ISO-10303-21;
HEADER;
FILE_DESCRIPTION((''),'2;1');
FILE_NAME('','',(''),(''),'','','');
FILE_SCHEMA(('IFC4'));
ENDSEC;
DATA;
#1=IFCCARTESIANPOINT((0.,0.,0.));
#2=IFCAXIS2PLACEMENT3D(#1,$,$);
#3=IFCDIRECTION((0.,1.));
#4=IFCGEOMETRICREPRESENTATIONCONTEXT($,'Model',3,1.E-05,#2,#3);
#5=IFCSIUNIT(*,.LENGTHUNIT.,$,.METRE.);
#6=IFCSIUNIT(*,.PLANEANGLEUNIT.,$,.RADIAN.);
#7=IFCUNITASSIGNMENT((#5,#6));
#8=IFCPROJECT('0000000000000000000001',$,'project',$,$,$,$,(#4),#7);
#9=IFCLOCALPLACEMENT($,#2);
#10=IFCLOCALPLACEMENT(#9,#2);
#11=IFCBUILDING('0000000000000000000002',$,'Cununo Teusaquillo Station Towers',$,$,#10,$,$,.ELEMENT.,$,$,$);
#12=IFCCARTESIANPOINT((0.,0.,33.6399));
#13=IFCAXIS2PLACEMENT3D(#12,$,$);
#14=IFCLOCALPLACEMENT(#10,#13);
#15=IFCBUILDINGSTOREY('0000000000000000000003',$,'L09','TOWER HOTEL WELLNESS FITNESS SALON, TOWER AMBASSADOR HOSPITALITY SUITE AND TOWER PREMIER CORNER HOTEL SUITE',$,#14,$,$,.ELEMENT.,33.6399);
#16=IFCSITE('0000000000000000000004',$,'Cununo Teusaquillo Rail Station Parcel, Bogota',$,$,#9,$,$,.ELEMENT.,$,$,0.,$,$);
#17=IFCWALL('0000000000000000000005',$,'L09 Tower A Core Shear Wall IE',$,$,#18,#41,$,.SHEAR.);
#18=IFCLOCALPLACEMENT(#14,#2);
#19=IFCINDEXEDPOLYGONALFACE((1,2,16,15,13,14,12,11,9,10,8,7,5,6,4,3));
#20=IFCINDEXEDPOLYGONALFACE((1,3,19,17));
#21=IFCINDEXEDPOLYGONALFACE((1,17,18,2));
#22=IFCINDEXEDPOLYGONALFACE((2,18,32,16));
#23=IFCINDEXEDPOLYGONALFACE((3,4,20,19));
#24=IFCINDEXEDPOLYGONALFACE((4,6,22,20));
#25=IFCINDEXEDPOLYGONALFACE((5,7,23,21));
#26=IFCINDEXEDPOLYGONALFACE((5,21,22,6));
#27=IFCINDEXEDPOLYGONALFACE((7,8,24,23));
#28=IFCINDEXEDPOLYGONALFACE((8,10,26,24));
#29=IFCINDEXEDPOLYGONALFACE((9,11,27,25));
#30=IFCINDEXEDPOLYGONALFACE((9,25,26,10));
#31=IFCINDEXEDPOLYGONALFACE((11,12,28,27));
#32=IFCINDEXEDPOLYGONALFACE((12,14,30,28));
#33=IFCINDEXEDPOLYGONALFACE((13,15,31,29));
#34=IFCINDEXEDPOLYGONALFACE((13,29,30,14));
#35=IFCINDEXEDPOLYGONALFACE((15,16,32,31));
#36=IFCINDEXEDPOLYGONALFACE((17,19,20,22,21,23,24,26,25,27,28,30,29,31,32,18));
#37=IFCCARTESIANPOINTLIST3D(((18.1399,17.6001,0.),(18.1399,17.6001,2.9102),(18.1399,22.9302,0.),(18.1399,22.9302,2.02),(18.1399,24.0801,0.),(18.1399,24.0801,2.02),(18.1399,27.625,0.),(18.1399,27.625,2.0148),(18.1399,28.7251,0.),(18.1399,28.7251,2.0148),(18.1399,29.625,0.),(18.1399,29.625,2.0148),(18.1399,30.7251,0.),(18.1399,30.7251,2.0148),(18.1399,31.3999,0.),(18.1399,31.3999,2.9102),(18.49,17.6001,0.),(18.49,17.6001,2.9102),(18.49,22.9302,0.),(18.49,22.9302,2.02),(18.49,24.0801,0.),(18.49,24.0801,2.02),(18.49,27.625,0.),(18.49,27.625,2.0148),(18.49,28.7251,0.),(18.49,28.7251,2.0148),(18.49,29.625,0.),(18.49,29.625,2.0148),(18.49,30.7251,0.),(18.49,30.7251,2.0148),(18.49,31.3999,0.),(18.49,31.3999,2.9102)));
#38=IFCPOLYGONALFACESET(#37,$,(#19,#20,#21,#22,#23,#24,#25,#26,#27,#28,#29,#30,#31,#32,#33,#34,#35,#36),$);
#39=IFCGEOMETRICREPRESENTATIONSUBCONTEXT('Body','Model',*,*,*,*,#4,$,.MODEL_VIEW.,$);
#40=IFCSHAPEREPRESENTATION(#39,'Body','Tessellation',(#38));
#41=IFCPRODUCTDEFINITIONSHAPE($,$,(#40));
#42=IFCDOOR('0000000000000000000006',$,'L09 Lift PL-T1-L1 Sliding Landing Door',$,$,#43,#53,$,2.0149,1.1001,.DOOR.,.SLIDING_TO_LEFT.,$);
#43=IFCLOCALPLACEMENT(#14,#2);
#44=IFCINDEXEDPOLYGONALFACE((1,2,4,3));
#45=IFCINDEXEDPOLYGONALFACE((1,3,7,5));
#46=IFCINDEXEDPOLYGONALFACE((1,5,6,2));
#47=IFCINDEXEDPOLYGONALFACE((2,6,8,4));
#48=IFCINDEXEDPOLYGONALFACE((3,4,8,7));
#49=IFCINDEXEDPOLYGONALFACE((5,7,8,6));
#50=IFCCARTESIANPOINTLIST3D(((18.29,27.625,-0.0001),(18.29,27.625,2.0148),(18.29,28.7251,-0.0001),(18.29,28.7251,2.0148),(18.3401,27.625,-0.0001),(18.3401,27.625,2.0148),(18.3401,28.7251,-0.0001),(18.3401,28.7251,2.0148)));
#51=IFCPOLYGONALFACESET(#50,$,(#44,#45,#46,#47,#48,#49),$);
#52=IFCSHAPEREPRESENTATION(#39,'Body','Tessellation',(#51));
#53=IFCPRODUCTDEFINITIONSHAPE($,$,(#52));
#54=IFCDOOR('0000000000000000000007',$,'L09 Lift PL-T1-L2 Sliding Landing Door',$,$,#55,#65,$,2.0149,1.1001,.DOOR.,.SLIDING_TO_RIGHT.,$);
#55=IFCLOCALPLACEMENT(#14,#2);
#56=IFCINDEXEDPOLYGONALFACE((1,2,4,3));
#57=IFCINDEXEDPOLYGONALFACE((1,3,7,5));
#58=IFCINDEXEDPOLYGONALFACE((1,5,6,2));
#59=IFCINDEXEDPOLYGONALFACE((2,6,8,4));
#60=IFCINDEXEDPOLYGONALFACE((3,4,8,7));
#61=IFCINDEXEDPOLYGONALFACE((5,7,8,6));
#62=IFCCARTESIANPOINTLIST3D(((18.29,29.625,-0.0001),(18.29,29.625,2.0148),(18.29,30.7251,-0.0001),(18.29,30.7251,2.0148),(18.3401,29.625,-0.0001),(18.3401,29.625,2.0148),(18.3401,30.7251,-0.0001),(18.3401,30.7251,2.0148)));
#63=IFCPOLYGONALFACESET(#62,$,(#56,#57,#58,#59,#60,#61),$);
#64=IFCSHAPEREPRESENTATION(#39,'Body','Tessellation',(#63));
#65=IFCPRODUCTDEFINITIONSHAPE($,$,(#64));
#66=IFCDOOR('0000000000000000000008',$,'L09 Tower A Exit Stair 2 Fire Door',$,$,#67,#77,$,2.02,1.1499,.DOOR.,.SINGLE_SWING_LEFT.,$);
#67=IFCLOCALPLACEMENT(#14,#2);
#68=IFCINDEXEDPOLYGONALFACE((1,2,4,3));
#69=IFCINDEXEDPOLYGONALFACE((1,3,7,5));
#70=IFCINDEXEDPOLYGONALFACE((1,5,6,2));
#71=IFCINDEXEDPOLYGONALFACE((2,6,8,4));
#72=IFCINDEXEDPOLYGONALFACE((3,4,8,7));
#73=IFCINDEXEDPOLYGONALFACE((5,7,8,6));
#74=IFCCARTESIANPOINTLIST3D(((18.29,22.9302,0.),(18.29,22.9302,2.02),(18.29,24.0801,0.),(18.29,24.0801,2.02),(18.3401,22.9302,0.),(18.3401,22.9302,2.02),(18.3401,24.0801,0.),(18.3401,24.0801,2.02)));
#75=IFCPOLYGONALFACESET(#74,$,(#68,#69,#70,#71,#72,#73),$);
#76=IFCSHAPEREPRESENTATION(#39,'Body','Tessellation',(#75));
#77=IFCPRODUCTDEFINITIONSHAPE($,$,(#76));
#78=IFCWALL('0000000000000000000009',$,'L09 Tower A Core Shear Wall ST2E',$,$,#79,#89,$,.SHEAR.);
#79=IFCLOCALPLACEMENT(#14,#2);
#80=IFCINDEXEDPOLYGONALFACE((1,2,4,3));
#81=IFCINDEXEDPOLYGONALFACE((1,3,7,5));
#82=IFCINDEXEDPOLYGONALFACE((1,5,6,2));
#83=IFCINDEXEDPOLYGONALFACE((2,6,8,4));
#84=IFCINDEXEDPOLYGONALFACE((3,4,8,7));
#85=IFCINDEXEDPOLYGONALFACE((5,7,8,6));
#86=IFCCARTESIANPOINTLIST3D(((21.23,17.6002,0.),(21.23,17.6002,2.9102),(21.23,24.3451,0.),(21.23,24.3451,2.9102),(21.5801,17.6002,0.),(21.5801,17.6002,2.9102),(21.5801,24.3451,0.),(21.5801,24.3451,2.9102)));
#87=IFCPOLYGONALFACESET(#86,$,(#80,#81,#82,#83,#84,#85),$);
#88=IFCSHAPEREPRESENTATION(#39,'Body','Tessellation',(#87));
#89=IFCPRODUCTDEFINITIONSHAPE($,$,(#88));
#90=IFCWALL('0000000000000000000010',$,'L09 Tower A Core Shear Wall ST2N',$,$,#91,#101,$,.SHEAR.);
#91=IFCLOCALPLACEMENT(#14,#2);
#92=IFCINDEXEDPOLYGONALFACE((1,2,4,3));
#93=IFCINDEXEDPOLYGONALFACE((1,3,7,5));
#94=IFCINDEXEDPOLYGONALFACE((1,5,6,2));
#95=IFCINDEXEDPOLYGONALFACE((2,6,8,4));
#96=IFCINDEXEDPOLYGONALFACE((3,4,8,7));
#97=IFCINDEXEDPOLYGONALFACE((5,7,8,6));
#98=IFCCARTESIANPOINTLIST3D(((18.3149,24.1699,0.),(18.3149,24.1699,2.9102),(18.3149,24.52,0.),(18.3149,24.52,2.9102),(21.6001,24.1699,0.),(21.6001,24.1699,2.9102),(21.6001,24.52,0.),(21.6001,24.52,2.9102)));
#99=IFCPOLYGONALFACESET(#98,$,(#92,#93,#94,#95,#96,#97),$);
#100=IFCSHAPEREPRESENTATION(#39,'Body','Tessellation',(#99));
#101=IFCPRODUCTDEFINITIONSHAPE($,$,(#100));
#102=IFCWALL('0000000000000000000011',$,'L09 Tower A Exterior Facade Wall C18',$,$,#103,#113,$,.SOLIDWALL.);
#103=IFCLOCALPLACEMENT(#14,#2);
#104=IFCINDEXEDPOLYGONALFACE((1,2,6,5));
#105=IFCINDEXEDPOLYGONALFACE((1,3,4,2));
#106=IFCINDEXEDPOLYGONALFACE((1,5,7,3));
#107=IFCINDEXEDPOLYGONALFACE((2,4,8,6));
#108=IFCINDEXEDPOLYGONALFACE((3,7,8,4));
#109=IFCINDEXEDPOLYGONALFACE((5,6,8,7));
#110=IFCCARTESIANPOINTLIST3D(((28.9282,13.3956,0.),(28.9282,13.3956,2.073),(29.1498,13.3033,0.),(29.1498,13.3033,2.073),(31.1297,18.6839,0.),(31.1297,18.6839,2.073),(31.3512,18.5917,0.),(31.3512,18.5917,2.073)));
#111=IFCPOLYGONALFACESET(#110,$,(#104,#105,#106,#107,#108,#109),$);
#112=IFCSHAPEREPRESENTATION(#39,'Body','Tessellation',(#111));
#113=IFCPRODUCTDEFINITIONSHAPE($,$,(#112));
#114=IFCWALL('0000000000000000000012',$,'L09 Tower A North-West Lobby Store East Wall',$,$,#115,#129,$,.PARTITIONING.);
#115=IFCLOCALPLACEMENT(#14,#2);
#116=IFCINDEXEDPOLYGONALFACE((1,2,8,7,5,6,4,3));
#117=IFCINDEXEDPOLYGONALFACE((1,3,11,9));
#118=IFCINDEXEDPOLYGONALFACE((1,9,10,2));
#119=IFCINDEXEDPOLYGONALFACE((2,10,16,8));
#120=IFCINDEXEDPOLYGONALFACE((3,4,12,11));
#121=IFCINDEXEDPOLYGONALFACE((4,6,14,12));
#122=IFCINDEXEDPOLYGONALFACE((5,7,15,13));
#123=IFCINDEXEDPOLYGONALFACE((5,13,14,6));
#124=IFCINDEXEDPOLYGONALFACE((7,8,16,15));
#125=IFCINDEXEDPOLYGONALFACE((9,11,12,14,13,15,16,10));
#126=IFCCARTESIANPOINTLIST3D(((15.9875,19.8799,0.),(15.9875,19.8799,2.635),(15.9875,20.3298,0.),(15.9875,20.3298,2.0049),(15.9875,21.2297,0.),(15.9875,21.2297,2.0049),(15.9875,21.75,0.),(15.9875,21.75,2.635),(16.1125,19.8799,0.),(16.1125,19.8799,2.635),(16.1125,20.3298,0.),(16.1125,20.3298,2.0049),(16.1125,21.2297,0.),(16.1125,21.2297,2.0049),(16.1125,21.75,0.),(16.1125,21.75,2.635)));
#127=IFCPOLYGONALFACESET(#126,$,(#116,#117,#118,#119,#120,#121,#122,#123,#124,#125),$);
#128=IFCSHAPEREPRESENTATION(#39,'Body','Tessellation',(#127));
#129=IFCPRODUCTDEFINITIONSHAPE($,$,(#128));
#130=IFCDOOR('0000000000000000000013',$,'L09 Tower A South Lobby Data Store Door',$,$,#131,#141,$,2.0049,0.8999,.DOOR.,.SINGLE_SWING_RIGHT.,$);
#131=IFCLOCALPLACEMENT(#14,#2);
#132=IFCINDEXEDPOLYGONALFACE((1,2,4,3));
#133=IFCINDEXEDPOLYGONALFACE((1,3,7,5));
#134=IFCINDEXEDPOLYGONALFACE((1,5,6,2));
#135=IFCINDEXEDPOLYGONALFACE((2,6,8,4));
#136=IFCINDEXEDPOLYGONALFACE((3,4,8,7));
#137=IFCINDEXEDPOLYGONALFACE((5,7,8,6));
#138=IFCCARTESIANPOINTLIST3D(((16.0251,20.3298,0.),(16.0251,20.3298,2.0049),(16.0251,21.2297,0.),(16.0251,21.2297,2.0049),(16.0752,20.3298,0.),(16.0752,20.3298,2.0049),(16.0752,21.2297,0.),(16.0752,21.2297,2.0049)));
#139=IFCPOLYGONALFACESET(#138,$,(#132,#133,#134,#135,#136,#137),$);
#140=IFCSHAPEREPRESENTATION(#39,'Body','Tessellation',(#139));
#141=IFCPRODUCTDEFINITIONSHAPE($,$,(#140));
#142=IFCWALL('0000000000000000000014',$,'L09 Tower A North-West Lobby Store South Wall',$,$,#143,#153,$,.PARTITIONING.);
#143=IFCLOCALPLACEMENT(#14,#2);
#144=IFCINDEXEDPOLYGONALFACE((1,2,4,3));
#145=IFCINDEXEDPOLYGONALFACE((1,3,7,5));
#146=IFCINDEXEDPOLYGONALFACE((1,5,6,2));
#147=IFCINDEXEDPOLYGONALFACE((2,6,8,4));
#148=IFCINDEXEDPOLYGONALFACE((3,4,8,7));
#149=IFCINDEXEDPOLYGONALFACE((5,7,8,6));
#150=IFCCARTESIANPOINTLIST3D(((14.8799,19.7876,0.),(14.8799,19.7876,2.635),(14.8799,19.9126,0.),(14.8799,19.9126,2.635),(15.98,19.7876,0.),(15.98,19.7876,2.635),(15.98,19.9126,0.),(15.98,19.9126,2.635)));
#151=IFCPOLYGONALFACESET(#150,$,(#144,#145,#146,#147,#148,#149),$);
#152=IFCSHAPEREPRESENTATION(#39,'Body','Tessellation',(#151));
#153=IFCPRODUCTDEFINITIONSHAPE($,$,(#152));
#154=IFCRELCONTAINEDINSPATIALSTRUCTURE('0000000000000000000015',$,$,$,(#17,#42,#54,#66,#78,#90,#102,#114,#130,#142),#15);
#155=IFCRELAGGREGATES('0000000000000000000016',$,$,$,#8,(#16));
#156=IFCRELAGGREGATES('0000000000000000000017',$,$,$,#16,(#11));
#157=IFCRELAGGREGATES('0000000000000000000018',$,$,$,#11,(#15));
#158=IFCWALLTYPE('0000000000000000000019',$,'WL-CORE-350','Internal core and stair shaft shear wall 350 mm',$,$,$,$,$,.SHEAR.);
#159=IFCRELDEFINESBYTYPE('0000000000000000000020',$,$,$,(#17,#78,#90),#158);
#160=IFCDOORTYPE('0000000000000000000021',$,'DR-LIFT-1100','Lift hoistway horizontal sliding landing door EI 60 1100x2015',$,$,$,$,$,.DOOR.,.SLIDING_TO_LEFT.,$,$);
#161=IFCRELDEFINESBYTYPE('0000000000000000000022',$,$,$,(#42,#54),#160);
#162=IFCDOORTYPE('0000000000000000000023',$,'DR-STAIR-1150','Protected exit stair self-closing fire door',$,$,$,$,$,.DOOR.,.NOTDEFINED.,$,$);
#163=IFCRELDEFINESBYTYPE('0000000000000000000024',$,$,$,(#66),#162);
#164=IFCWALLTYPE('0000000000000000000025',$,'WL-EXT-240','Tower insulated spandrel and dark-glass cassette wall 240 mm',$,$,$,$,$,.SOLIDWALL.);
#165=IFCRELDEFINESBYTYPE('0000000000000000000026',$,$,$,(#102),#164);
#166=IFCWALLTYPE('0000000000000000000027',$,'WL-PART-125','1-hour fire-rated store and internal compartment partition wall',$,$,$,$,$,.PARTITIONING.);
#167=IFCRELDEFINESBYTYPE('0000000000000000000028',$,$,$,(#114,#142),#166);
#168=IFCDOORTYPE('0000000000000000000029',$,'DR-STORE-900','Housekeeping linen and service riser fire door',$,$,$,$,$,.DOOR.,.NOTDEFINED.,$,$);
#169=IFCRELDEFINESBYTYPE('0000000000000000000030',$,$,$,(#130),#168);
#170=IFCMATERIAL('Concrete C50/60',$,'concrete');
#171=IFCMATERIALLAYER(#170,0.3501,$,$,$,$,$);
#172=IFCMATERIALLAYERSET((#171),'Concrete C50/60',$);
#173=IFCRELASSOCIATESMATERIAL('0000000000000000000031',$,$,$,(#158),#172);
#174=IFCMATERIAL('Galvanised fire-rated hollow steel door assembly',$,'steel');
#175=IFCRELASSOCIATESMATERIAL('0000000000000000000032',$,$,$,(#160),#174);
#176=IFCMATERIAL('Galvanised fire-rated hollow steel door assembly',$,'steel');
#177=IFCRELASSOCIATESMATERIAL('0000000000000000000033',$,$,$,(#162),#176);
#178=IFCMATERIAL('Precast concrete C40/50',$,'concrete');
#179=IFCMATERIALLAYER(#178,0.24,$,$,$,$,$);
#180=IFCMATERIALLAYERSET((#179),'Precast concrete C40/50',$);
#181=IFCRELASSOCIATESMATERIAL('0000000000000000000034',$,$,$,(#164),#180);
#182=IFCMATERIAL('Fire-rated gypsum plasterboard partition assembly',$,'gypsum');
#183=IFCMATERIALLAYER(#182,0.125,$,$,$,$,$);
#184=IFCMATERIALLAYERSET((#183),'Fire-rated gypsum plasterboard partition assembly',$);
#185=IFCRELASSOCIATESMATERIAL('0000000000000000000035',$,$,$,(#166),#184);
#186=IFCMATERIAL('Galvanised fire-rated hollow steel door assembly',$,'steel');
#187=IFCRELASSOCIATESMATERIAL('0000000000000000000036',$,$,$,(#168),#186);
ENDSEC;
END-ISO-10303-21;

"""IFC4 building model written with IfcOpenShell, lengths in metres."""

from ifc_helpers import new_model, si_unit, direction, frame, frame_2d, origin, place, context, subcontext, project, spatial, rectangle, extrude, source, transform, mapped, material, layer, layer_set, type_object, element, fill, save


model = new_model("IFC4")

# Units and contexts
model_context = context("Model", 3, precision=1e-05, world=origin(), true_north=direction((0.0, 1.0)))
body_context = subcontext(model_context, "Body", "Model", "MODEL_VIEW")
ifc_project = project(units=[si_unit("LENGTHUNIT", "METRE"), si_unit("PLANEANGLEUNIT", "RADIAN")], contexts=[model_context])

# Site, building, storey
site_placement = place(None, origin())
site = spatial("IfcSite", under=ifc_project, at=site_placement, Name="Cununo Teusaquillo Rail Station Parcel, Bogota", CompositionType="ELEMENT", RefElevation=0.0)
building_placement = place(site_placement, origin())
building = spatial("IfcBuilding", under=site, at=building_placement, Name="Cununo Teusaquillo Station Towers", CompositionType="ELEMENT")
storey_placement = place(building_placement, frame((0.0, 0.0, 33.6399)))
storey = spatial("IfcBuildingStorey", under=building, at=storey_placement, Name="L09", Description="TOWER HOTEL WELLNESS FITNESS SALON, TOWER AMBASSADOR HOSPITALITY SUITE AND TOWER PREMIER CORNER HOTEL SUITE", CompositionType="ELEMENT", Elevation=33.6399)

# Wall, openings, doors
ifc_material_1 = material(Name="Concrete C50/60", Category="concrete")
ifc_layer_1 = layer(ifc_material_1, 0.3501)
ifc_layer_set_1 = layer_set([ifc_layer_1], Name="Concrete C50/60")
wall_type_1 = type_object("IfcWallType", Name="WL-CORE-350", Description="Internal core and stair shaft shear wall 350 mm", PredefinedType="SHEAR", material=ifc_layer_set_1)
wall_1_placement = place(storey_placement, frame((18.3149, 17.6001, 0.0), z_axis=(0.0, 0.0, 1.0), x_axis=(0.0, 1.0, 0.0)))
wall_1 = element("IfcWall", 1, at=wall_1_placement, inside=storey, type_object=wall_type_1, Name="L09 Tower A Core Shear Wall IE", PredefinedType="SHEAR", context=body_context, shape_type="SweptSolid", body=[
    extrude(rectangle(XDim=13.7998, YDim=0.3501, at=frame_2d((6.8999, 0.0))), origin(), (0.0, 0.0, 1.0), 2.9102),
])
shared_shape_1 = source(origin(), body_context, "Body", "SweptSolid", [
    extrude(rectangle(XDim=1.1001, YDim=2.0149, at=frame_2d((0.55, 1.0073))), frame((0.0, 0.1851, 0.0), z_axis=(0.0, -1.0, 0.0), x_axis=(1.0, 0.0, 0.0)), (0.0, 0.0, 1.0), 0.3701),
])
opening_1_placement = place(wall_1_placement, frame((10.0249, 0.0, 0.0)))
opening_1 = element("IfcOpeningElement", 2, at=opening_1_placement, cuts=wall_1, PredefinedType="OPENING", context=body_context, shape_type="MappedRepresentation", body=[
    mapped(shared_shape_1, transform((0.0, 0.0, 0.0), x_axis=(1.0, 0.0, 0.0), y_axis=(0.0, 1.0, 0.0), z_axis=(0.0, 0.0, 1.0), scale=1.0)),
])
opening_2_placement = place(wall_1_placement, frame((12.0249, 0.0, 0.0)))
opening_2 = element("IfcOpeningElement", 3, at=opening_2_placement, cuts=wall_1, PredefinedType="OPENING", context=body_context, shape_type="MappedRepresentation", body=[
    mapped(shared_shape_1, transform((0.0, 0.0, 0.0), x_axis=(1.0, 0.0, 0.0), y_axis=(0.0, 1.0, 0.0), z_axis=(0.0, 0.0, 1.0), scale=1.0)),
])
shared_shape_2 = source(origin(), body_context, "Body", "SweptSolid", [
    extrude(rectangle(XDim=1.1499, YDim=2.02, at=frame_2d((0.575, 1.01))), frame((0.0, 0.1851, 0.0), z_axis=(0.0, -1.0, 0.0), x_axis=(1.0, 0.0, 0.0)), (0.0, 0.0, 1.0), 0.3701),
])
opening_3_placement = place(wall_1_placement, frame((5.3301, 0.0, 0.0)))
opening_3 = element("IfcOpeningElement", 4, at=opening_3_placement, cuts=wall_1, PredefinedType="OPENING", context=body_context, shape_type="MappedRepresentation", body=[
    mapped(shared_shape_2, transform((0.0, 0.0, 0.0), x_axis=(1.0, 0.0, 0.0), y_axis=(0.0, 1.0, 0.0), z_axis=(0.0, 0.0, 1.0), scale=1.0)),
])
ifc_material_2 = material(Name="Galvanised fire-rated hollow steel door assembly", Category="steel")
door_type_1 = type_object("IfcDoorType", Name="DR-LIFT-1100", Description="Lift hoistway horizontal sliding landing door EI 60 1100x2015", OperationType="SLIDING_TO_LEFT", PredefinedType="DOOR", material=ifc_material_2)
shared_shape_3 = source(origin(), body_context, "Body", "SweptSolid", [
    extrude(rectangle(XDim=1.1001, YDim=2.0149, at=frame_2d((0.55, 1.0073))), frame((0.0, 0.0249, 0.0), z_axis=(0.0, -1.0, 0.0), x_axis=(1.0, 0.0, 0.0)), (0.0, 0.0, 1.0), 0.05),
])
door_1_placement = place(opening_1_placement, origin())
door_1 = element("IfcDoor", 5, at=door_1_placement, inside=storey, type_object=door_type_1, Name="L09 Lift PL-T1-L1 Sliding Landing Door", OperationType="SLIDING_TO_LEFT", OverallHeight=2.0149, OverallWidth=1.1001, PredefinedType="DOOR", context=body_context, shape_type="MappedRepresentation", body=[
    mapped(shared_shape_3, transform((0.0, 0.0, 0.0), x_axis=(1.0, 0.0, 0.0), y_axis=(0.0, 1.0, 0.0), z_axis=(0.0, 0.0, 1.0), scale=1.0)),
])
fill(opening_1, door_1)
door_2_placement = place(opening_2_placement, origin())
door_2 = element("IfcDoor", 6, at=door_2_placement, inside=storey, type_object=door_type_1, Name="L09 Lift PL-T1-L2 Sliding Landing Door", OperationType="SLIDING_TO_RIGHT", OverallHeight=2.0149, OverallWidth=1.1001, PredefinedType="DOOR", context=body_context, shape_type="MappedRepresentation", body=[
    mapped(shared_shape_3, transform((0.0, 0.0, 0.0), x_axis=(1.0, 0.0, 0.0), y_axis=(0.0, 1.0, 0.0), z_axis=(0.0, 0.0, 1.0), scale=1.0)),
])
fill(opening_2, door_2)
ifc_material_3 = material(Name="Galvanised fire-rated hollow steel door assembly", Category="steel")
door_type_2 = type_object("IfcDoorType", Name="DR-STAIR-1150", Description="Protected exit stair self-closing fire door", OperationType="NOTDEFINED", PredefinedType="DOOR", material=ifc_material_3)
shared_shape_4 = source(origin(), body_context, "Body", "SweptSolid", [
    extrude(rectangle(XDim=1.1499, YDim=2.02, at=frame_2d((0.575, 1.01))), frame((0.0, 0.0249, 0.0), z_axis=(0.0, -1.0, 0.0), x_axis=(1.0, 0.0, 0.0)), (0.0, 0.0, 1.0), 0.05),
])
door_3_placement = place(opening_3_placement, origin())
door_3 = element("IfcDoor", 7, at=door_3_placement, inside=storey, type_object=door_type_2, Name="L09 Tower A Exit Stair 2 Fire Door", OperationType="SINGLE_SWING_LEFT", OverallHeight=2.02, OverallWidth=1.1499, PredefinedType="DOOR", context=body_context, shape_type="MappedRepresentation", body=[
    mapped(shared_shape_4, transform((0.0, 0.0, 0.0), x_axis=(1.0, 0.0, 0.0), y_axis=(0.0, 1.0, 0.0), z_axis=(0.0, 0.0, 1.0), scale=1.0)),
])
fill(opening_3, door_3)

# Walls
wall_2_placement = place(storey_placement, frame((21.405, 17.6001, 0.0), z_axis=(0.0, 0.0, 1.0), x_axis=(0.0, 1.0, 0.0)))
element("IfcWall", 8, at=wall_2_placement, inside=storey, type_object=wall_type_1, Name="L09 Tower A Core Shear Wall ST2E", PredefinedType="SHEAR", context=body_context, shape_type="SweptSolid", body=[
    extrude(rectangle(XDim=6.7449, YDim=0.3501, at=frame_2d((3.3726, 0.0))), origin(), (0.0, 0.0, 1.0), 2.9102),
])
wall_3_placement = place(storey_placement, frame((18.3149, 24.345, 0.0), z_axis=(0.0, 0.0, 1.0), x_axis=(1.0, 0.0, 0.0)))
element("IfcWall", 9, at=wall_3_placement, inside=storey, type_object=wall_type_1, Name="L09 Tower A Core Shear Wall ST2N", PredefinedType="SHEAR", context=body_context, shape_type="SweptSolid", body=[
    extrude(rectangle(XDim=3.2852, YDim=0.3501, at=frame_2d((1.6426, 0.0))), origin(), (0.0, 0.0, 1.0), 2.9102),
])
ifc_material_4 = material(Name="Precast concrete C40/50", Category="concrete")
ifc_layer_2 = layer(ifc_material_4, 0.24)
ifc_layer_set_2 = layer_set([ifc_layer_2], Name="Precast concrete C40/50")
wall_type_2 = type_object("IfcWallType", Name="WL-EXT-240", Description="Tower insulated spandrel and dark-glass cassette wall 240 mm", PredefinedType="SOLIDWALL", material=ifc_layer_set_2)
wall_4_placement = place(storey_placement, frame((31.2405, 18.6379, 0.0), z_axis=(0.0, 0.0, 1.0), x_axis=(-0.38431, -0.923204, 0.0)))
element("IfcWall", 10, at=wall_4_placement, inside=storey, type_object=wall_type_2, Name="L09 Tower A Exterior Facade Wall C18", PredefinedType="SOLIDWALL", context=body_context, shape_type="SweptSolid", body=[
    extrude(rectangle(XDim=5.7283, YDim=0.24, at=frame_2d((2.8643, 0.0))), origin(), (0.0, 0.0, 1.0), 2.073),
])

# Wall, opening, door
ifc_material_5 = material(Name="Fire-rated gypsum plasterboard partition assembly", Category="gypsum")
ifc_layer_3 = layer(ifc_material_5, 0.125)
ifc_layer_set_3 = layer_set([ifc_layer_3], Name="Fire-rated gypsum plasterboard partition assembly")
wall_type_3 = type_object("IfcWallType", Name="WL-PART-125", Description="1-hour fire-rated store and internal compartment partition wall", PredefinedType="PARTITIONING", material=ifc_layer_set_3)
wall_5_placement = place(storey_placement, frame((16.05, 19.8799, 0.0), z_axis=(0.0, 0.0, 1.0), x_axis=(0.0, 1.0, 0.0)))
wall_5 = element("IfcWall", 11, at=wall_5_placement, inside=storey, type_object=wall_type_3, Name="L09 Tower A North-West Lobby Store East Wall", PredefinedType="PARTITIONING", context=body_context, shape_type="SweptSolid", body=[
    extrude(rectangle(XDim=1.8701, YDim=0.125, at=frame_2d((0.9351, 0.0))), origin(), (0.0, 0.0, 1.0), 2.635),
])
shared_shape_5 = source(origin(), body_context, "Body", "SweptSolid", [
    extrude(rectangle(XDim=0.8999, YDim=2.0049, at=frame_2d((0.45, 1.0024))), frame((0.0, 0.0725, 0.0), z_axis=(0.0, -1.0, 0.0), x_axis=(1.0, 0.0, 0.0)), (0.0, 0.0, 1.0), 0.145),
])
opening_4_placement = place(wall_5_placement, frame((0.45, 0.0, 0.0)))
opening_4 = element("IfcOpeningElement", 12, at=opening_4_placement, cuts=wall_5, PredefinedType="OPENING", context=body_context, shape_type="MappedRepresentation", body=[
    mapped(shared_shape_5, transform((0.0, 0.0, 0.0), x_axis=(1.0, 0.0, 0.0), y_axis=(0.0, 1.0, 0.0), z_axis=(0.0, 0.0, 1.0), scale=1.0)),
])
ifc_material_6 = material(Name="Galvanised fire-rated hollow steel door assembly", Category="steel")
door_type_3 = type_object("IfcDoorType", Name="DR-STORE-900", Description="Housekeeping linen and service riser fire door", OperationType="NOTDEFINED", PredefinedType="DOOR", material=ifc_material_6)
shared_shape_6 = source(origin(), body_context, "Body", "SweptSolid", [
    extrude(rectangle(XDim=0.8999, YDim=2.0049, at=frame_2d((0.45, 1.0024))), frame((0.0, 0.0249, 0.0), z_axis=(0.0, -1.0, 0.0), x_axis=(1.0, 0.0, 0.0)), (0.0, 0.0, 1.0), 0.05),
])
door_4_placement = place(opening_4_placement, origin())
door_4 = element("IfcDoor", 13, at=door_4_placement, inside=storey, type_object=door_type_3, Name="L09 Tower A South Lobby Data Store Door", OperationType="SINGLE_SWING_RIGHT", OverallHeight=2.0049, OverallWidth=0.8999, PredefinedType="DOOR", context=body_context, shape_type="MappedRepresentation", body=[
    mapped(shared_shape_6, transform((0.0, 0.0, 0.0), x_axis=(1.0, 0.0, 0.0), y_axis=(0.0, 1.0, 0.0), z_axis=(0.0, 0.0, 1.0), scale=1.0)),
])
fill(opening_4, door_4)

# Wall
wall_6_placement = place(storey_placement, frame((14.8799, 19.8501, 0.0), z_axis=(0.0, 0.0, 1.0), x_axis=(1.0, 0.0, 0.0)))
element("IfcWall", 14, at=wall_6_placement, inside=storey, type_object=wall_type_3, Name="L09 Tower A North-West Lobby Store South Wall", PredefinedType="PARTITIONING", context=body_context, shape_type="SweptSolid", body=[
    extrude(rectangle(XDim=1.1001, YDim=0.125, at=frame_2d((0.55, 0.0))), origin(), (0.0, 0.0, 1.0), 2.635),
])

save(model, "model.ifc")
